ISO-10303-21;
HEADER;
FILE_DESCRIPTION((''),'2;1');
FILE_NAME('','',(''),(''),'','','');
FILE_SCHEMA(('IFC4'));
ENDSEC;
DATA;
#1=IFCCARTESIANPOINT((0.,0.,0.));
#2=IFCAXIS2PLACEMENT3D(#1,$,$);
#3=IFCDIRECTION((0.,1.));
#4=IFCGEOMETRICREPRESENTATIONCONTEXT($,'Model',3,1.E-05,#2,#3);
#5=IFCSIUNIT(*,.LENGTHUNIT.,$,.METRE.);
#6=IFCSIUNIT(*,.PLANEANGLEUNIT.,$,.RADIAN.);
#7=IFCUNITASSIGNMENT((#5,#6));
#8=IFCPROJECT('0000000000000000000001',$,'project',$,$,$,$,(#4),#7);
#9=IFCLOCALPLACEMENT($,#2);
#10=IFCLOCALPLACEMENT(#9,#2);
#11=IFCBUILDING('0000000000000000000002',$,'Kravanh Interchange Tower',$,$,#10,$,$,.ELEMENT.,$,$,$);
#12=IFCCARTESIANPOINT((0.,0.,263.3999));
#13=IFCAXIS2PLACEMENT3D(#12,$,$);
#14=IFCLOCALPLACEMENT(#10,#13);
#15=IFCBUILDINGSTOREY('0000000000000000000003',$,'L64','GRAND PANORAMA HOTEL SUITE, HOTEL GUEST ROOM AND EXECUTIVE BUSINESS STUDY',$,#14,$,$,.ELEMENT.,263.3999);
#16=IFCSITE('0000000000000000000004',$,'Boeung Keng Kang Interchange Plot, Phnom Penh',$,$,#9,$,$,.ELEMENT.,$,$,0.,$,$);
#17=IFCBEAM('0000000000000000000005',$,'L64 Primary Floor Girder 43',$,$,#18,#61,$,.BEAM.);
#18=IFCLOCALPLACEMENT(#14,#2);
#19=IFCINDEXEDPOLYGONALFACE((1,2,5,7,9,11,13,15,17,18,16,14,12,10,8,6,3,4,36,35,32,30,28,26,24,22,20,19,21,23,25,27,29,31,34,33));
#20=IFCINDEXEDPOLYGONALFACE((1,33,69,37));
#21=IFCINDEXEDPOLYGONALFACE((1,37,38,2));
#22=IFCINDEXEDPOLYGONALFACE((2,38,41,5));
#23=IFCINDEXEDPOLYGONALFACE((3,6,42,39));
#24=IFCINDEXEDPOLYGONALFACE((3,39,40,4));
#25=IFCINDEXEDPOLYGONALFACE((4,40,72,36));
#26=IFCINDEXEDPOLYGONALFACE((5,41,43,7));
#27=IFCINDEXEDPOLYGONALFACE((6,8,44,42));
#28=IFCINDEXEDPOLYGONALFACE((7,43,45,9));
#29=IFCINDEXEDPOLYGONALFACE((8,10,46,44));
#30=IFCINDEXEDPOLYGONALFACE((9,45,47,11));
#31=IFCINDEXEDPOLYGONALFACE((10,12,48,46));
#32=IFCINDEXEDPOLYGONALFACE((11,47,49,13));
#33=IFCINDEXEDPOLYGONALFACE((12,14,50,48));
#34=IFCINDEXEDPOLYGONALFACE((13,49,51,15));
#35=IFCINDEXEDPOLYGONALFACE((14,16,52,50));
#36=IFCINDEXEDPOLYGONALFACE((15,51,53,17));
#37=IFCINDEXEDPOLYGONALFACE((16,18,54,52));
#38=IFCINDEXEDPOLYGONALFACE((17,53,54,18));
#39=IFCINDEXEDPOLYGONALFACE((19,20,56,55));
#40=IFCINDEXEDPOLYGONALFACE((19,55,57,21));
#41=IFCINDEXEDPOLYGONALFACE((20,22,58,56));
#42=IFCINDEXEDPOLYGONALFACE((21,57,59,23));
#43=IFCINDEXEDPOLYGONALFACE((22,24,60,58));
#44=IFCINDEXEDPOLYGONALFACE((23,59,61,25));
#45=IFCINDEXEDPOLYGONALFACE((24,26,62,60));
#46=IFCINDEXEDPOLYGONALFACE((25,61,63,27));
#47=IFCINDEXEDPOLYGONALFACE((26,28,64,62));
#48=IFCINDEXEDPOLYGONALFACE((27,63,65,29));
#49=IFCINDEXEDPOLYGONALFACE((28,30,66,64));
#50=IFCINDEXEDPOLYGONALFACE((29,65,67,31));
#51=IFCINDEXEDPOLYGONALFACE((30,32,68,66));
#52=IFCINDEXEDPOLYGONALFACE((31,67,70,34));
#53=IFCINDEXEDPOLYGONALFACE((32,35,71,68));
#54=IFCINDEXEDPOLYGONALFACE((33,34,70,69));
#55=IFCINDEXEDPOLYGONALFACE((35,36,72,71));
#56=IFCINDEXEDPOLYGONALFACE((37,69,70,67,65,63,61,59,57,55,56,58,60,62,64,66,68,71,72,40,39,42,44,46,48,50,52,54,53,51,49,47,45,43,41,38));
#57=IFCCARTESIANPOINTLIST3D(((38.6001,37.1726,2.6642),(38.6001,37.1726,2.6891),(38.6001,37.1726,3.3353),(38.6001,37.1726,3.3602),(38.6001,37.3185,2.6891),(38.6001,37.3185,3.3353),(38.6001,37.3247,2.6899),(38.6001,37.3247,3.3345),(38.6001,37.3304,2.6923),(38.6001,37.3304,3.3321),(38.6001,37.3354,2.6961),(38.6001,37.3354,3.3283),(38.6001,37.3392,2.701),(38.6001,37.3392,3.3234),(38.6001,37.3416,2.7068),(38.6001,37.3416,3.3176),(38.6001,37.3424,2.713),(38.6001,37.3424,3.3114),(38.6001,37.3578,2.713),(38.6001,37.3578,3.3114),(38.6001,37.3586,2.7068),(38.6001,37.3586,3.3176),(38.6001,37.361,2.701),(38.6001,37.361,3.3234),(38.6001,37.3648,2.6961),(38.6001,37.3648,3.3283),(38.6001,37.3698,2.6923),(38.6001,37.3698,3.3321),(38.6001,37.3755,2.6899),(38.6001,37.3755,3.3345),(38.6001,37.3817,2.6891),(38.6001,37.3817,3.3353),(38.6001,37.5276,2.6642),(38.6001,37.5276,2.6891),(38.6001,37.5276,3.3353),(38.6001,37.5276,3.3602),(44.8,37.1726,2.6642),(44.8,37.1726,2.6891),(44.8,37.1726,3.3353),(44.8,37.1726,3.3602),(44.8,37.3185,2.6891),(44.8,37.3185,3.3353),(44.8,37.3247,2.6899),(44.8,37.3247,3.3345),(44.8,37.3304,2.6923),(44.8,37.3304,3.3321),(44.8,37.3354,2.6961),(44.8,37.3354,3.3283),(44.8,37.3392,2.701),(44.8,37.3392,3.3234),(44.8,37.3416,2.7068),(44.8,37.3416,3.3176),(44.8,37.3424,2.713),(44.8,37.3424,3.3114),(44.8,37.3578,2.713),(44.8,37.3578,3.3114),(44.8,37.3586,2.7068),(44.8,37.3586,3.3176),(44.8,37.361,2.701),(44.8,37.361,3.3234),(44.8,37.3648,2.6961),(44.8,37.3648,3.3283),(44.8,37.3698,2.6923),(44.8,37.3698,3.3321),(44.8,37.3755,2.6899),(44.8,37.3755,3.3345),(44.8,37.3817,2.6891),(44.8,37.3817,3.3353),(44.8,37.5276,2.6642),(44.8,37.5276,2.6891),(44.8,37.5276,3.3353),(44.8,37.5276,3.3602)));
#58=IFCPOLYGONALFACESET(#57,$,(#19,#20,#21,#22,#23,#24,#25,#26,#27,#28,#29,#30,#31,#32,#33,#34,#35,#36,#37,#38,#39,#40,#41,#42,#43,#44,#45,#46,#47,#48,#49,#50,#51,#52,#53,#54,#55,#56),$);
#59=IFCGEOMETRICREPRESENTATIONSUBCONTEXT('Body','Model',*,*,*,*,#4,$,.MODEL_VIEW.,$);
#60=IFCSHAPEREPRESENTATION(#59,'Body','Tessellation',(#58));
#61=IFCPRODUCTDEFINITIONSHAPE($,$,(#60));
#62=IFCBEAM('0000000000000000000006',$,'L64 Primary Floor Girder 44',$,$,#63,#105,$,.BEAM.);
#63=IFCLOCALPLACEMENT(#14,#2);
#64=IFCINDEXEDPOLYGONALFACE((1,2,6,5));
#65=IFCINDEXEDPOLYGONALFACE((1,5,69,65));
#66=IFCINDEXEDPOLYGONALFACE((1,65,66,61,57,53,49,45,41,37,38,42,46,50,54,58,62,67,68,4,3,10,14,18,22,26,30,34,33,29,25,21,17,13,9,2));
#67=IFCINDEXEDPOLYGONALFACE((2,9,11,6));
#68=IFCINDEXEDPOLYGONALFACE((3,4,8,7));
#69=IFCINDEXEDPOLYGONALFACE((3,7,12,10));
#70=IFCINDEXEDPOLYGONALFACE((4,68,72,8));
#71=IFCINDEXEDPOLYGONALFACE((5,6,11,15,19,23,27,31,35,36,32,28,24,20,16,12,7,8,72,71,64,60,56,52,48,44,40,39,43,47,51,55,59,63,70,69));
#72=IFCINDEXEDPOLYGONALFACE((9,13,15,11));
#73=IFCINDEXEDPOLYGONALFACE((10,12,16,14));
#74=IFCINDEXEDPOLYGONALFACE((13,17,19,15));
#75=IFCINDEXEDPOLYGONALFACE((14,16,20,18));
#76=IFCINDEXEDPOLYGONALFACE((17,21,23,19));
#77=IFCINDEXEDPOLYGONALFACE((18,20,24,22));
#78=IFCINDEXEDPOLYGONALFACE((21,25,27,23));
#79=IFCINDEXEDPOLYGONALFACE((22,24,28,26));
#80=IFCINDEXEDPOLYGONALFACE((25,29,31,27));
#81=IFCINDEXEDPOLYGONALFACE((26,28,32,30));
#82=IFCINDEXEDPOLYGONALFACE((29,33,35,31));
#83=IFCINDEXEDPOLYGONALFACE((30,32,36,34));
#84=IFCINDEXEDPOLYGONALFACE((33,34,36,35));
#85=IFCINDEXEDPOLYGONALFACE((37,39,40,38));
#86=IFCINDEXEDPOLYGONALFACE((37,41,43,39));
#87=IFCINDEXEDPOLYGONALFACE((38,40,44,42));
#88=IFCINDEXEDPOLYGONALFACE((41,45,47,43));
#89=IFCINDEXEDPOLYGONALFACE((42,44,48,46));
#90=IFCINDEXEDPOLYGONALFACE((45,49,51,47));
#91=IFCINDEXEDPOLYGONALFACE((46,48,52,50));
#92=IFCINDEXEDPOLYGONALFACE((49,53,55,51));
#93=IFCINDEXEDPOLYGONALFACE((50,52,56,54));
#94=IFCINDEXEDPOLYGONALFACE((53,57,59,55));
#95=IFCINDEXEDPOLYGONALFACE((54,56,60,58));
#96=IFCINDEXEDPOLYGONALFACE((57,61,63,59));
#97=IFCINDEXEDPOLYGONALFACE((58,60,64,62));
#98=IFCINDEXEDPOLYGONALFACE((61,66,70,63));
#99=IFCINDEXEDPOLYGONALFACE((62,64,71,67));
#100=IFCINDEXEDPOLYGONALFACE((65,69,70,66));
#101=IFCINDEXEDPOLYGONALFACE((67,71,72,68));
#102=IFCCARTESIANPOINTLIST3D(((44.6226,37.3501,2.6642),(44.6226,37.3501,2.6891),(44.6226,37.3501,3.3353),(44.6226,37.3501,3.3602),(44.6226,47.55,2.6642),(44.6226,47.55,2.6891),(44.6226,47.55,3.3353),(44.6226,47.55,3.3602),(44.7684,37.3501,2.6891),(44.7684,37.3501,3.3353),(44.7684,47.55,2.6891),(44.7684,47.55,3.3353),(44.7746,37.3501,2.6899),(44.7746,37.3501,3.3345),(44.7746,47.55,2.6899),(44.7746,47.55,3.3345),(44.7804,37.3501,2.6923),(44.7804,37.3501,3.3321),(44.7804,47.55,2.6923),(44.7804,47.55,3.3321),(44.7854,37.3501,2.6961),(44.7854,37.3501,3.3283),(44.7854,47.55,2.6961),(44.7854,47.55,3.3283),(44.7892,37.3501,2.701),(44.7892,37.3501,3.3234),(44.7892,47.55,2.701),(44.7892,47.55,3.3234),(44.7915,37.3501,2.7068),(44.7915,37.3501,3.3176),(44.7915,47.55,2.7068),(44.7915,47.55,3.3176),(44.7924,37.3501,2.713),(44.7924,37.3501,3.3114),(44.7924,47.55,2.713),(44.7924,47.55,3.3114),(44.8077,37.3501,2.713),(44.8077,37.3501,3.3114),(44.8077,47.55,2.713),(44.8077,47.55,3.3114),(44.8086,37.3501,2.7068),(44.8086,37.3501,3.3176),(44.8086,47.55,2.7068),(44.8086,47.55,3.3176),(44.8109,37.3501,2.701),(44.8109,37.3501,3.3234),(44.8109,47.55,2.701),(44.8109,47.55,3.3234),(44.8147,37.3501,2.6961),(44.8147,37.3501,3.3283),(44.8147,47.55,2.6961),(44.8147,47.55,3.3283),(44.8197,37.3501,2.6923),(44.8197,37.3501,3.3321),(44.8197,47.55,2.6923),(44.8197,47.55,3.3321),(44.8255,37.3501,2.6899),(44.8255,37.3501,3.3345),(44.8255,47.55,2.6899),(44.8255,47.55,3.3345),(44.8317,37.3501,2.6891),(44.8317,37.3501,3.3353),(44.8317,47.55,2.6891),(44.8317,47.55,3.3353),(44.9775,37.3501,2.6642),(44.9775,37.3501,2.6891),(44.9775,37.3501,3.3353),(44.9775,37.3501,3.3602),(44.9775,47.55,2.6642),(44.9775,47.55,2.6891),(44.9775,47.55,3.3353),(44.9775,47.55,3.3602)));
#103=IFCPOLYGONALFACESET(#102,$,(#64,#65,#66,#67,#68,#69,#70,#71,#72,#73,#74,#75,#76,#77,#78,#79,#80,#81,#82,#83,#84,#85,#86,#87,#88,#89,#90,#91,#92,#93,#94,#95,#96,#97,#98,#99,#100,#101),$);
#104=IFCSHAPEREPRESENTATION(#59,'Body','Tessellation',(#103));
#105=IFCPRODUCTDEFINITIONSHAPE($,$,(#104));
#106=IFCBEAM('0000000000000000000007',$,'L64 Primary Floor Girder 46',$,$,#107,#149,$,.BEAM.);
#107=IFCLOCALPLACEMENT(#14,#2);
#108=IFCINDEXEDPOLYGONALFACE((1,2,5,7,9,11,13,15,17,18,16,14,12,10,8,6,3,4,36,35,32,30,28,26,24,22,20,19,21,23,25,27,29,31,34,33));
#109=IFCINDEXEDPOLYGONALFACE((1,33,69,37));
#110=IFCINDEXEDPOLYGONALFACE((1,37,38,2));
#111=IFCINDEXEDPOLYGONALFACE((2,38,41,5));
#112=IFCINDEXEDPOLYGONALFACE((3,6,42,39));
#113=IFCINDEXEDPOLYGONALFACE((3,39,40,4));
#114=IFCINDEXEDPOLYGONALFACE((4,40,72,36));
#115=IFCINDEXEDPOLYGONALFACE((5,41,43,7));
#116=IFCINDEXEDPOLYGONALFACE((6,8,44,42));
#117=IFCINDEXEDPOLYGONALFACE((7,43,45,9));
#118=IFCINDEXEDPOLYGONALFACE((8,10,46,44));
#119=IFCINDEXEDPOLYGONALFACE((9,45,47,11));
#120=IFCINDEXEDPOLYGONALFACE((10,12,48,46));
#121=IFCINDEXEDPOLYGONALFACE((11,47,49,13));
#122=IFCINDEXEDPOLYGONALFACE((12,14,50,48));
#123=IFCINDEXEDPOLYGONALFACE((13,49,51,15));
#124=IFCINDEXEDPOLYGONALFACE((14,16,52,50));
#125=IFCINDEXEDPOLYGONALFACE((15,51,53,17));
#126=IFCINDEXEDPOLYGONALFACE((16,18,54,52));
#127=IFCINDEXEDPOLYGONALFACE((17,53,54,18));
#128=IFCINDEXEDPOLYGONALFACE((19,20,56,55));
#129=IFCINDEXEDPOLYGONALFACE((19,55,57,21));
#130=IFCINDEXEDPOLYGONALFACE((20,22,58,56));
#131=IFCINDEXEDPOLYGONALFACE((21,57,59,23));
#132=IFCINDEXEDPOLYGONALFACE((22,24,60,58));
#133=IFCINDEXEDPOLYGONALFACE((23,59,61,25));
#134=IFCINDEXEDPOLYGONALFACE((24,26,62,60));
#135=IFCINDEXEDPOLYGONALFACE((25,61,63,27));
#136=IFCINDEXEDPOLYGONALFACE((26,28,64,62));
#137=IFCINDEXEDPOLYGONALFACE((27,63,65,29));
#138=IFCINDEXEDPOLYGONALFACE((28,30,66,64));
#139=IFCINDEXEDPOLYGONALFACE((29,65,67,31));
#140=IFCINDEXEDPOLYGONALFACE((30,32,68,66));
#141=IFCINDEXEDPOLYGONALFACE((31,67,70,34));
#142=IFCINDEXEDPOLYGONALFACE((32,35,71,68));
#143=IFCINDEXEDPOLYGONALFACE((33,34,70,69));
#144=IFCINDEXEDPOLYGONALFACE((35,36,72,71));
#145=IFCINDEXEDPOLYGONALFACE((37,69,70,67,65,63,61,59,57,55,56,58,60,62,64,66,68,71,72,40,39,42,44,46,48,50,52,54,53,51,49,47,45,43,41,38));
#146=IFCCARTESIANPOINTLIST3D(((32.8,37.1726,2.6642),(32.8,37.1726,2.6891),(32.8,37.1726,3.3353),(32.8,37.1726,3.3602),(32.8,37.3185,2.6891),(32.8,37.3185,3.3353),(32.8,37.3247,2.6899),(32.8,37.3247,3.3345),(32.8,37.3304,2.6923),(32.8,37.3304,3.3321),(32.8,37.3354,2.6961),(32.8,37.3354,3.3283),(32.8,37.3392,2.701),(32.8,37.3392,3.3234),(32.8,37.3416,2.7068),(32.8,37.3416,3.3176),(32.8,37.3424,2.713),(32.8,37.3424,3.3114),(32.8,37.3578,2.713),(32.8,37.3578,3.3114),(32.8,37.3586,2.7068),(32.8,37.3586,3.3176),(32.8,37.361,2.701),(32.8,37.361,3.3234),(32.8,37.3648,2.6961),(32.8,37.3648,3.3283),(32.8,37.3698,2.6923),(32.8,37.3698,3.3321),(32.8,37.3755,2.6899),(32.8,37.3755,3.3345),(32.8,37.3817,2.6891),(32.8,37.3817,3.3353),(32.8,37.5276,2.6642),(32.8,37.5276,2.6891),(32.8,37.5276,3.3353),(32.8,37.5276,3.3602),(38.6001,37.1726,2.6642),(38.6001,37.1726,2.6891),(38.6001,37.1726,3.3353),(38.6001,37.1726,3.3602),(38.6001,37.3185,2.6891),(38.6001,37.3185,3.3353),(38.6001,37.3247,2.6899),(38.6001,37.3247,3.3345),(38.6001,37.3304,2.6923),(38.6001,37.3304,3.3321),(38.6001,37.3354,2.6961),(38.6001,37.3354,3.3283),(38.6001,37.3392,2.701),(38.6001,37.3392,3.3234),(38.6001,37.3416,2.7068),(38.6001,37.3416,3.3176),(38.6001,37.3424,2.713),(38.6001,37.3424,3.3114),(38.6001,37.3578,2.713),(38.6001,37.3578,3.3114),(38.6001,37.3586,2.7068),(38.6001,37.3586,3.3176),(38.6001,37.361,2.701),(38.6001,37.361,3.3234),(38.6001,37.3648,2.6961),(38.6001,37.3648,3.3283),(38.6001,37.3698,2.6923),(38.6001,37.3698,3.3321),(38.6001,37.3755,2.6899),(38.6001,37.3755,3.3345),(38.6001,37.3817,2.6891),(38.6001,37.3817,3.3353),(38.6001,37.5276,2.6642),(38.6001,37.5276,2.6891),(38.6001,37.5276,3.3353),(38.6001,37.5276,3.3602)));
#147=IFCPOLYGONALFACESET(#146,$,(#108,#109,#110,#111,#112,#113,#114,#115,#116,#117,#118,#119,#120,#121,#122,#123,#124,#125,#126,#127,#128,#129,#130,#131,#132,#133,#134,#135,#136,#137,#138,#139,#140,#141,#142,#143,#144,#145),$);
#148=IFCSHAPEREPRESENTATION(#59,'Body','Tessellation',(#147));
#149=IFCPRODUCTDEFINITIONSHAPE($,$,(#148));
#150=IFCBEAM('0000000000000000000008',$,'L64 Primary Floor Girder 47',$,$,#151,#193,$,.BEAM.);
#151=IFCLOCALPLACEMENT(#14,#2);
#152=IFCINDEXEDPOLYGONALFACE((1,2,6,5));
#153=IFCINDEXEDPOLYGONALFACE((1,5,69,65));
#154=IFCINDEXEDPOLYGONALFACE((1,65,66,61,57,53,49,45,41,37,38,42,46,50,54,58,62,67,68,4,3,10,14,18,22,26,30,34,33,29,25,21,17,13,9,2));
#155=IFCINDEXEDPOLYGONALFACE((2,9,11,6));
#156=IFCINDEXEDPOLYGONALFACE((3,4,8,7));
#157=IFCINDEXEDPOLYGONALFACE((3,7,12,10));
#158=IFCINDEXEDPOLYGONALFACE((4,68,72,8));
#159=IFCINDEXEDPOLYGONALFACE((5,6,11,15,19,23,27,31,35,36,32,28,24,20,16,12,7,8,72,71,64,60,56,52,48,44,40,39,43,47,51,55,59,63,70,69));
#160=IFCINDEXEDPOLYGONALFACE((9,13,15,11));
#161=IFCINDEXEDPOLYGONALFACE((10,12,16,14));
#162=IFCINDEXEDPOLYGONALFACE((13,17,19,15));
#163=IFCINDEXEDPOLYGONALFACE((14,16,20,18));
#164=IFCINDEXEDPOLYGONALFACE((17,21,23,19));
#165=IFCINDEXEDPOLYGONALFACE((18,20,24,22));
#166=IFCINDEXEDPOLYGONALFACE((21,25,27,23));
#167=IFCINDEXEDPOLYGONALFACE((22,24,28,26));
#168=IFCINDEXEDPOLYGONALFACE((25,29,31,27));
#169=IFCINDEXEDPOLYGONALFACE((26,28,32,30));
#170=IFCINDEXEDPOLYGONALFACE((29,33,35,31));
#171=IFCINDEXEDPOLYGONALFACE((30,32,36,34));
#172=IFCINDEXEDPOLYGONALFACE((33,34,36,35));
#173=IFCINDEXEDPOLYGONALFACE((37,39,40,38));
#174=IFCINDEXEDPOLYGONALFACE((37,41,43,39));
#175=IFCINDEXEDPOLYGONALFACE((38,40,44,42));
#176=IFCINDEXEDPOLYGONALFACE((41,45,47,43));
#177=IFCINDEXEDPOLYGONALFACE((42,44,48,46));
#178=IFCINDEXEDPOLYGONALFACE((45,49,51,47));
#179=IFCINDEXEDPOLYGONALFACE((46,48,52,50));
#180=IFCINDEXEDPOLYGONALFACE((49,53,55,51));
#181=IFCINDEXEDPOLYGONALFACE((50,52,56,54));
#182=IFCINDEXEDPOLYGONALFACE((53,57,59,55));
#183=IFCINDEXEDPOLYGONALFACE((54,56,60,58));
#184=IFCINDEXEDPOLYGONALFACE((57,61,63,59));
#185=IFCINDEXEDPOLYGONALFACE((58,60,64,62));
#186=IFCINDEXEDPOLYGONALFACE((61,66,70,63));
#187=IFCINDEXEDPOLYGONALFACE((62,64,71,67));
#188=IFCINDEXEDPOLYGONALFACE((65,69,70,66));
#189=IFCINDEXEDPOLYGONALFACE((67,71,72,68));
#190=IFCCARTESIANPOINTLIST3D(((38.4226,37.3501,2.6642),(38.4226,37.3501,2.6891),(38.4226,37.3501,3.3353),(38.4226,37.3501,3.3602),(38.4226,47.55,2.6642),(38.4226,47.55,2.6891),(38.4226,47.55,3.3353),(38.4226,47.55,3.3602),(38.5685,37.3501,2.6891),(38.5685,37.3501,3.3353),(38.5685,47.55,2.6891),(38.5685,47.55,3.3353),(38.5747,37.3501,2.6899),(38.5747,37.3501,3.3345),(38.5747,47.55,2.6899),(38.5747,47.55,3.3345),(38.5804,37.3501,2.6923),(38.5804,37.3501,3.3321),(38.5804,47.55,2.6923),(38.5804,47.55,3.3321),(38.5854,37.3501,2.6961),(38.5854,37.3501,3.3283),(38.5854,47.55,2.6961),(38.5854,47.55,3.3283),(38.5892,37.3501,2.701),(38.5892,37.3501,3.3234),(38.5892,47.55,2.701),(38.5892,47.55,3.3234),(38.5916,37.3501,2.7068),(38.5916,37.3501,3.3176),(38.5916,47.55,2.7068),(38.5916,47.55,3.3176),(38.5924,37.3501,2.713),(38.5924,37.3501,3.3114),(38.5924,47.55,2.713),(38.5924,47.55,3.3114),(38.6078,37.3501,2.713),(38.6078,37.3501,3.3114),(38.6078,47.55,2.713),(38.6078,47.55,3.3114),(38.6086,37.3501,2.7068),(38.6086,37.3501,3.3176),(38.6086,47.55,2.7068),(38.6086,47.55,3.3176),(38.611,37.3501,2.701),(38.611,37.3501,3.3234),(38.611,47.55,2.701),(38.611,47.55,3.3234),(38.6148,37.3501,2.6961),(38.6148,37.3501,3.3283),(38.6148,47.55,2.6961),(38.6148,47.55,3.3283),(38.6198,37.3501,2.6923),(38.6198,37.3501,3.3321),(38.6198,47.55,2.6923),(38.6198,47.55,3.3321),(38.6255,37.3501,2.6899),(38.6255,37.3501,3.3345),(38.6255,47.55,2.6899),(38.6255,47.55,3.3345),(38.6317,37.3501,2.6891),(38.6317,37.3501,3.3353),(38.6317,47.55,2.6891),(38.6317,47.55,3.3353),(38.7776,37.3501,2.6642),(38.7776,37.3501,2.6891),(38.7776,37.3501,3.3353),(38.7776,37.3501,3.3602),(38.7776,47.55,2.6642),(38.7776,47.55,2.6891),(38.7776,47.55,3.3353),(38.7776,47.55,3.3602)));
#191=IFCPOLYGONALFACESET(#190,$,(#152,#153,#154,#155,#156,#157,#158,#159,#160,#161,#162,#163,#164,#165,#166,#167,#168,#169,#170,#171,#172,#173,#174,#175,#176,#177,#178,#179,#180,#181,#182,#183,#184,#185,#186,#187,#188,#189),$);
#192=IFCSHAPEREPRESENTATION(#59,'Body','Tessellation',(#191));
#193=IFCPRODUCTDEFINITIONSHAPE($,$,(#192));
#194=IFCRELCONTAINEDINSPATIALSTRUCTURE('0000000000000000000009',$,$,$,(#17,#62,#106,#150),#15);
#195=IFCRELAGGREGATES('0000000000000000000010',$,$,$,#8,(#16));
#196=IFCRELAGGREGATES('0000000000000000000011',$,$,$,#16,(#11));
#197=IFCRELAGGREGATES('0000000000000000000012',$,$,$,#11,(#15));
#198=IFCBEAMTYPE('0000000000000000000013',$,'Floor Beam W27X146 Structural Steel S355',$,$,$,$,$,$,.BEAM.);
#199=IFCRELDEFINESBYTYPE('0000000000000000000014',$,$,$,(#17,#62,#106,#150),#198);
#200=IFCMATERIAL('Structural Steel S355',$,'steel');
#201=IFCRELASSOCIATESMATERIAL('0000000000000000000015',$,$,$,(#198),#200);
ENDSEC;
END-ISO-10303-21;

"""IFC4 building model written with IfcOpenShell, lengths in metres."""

from ifc_helpers import new_model, si_unit, direction, frame, origin, origin_2d, place, context, subcontext, project, spatial, i_section, extrude, material, material_profile, profile_set, type_object, element, save


model = new_model("IFC4")

# Units and contexts
model_context = context("Model", 3, precision=1e-05, world=origin(), true_north=direction((0.0, 1.0)))
body_context = subcontext(model_context, "Body", "Model", "MODEL_VIEW")
ifc_project = project(units=[si_unit("LENGTHUNIT", "METRE"), si_unit("PLANEANGLEUNIT", "RADIAN")], contexts=[model_context])

# Site, building, storey
site_placement = place(None, origin())
site = spatial("IfcSite", under=ifc_project, at=site_placement, Name="Boeung Keng Kang Interchange Plot, Phnom Penh", CompositionType="ELEMENT", RefElevation=0.0)
building_placement = place(site_placement, origin())
building = spatial("IfcBuilding", under=site, at=building_placement, Name="Kravanh Interchange Tower", CompositionType="ELEMENT")
storey_placement = place(building_placement, frame((0.0, 0.0, 263.3999)))
storey = spatial("IfcBuildingStorey", under=building, at=storey_placement, Name="L64", Description="GRAND PANORAMA HOTEL SUITE, HOTEL GUEST ROOM AND EXECUTIVE BUSINESS STUDY", CompositionType="ELEMENT", Elevation=263.3999)

# Beams
ifc_material_1 = material(Name="Structural Steel S355", Category="steel")
ifc_material_profile_1 = material_profile(ifc_material_1, i_section(OverallWidth=0.355, OverallDepth=0.696, WebThickness=0.0154, FlangeThickness=0.0249, FilletRadius=0.0239, at=origin_2d()), Name="W27X146")
ifc_profile_set_1 = profile_set([ifc_material_profile_1], Name="Structural Steel S355")
beam_type_1 = type_object("IfcBeamType", Name="Floor Beam W27X146 Structural Steel S355", PredefinedType="BEAM", material=ifc_profile_set_1)
beam_1_placement = place(storey_placement, frame((44.8, 37.3501, 3.0122), z_axis=(-1.0, 0.0, 0.0), x_axis=(0.0, -1.0, 0.0)))
element("IfcBeam", 1, at=beam_1_placement, inside=storey, type_object=beam_type_1, Name="L64 Primary Floor Girder 43", PredefinedType="BEAM", context=body_context, shape_type="SweptSolid", body=[
    extrude(i_section(OverallWidth=0.355, OverallDepth=0.696, WebThickness=0.0154, FlangeThickness=0.0249, FilletRadius=0.0239, at=origin_2d()), origin(), (0.0, 0.0, 1.0), 6.2),
])
beam_2_placement = place(storey_placement, frame((44.8, 37.3501, 3.0122), z_axis=(0.0, 1.0, 0.0), x_axis=(-1.0, 0.0, 0.0)))
element("IfcBeam", 2, at=beam_2_placement, inside=storey, type_object=beam_type_1, Name="L64 Primary Floor Girder 44", PredefinedType="BEAM", context=body_context, shape_type="SweptSolid", body=[
    extrude(i_section(OverallWidth=0.355, OverallDepth=0.696, WebThickness=0.0154, FlangeThickness=0.0249, FilletRadius=0.0239, at=origin_2d()), origin(), (0.0, 0.0, 1.0), 10.2),
])
beam_3_placement = place(storey_placement, frame((38.6001, 37.3501, 3.0122), z_axis=(-1.0, 0.0, 0.0), x_axis=(0.0, -1.0, 0.0)))
element("IfcBeam", 3, at=beam_3_placement, inside=storey, type_object=beam_type_1, Name="L64 Primary Floor Girder 46", PredefinedType="BEAM", context=body_context, shape_type="SweptSolid", body=[
    extrude(i_section(OverallWidth=0.355, OverallDepth=0.696, WebThickness=0.0154, FlangeThickness=0.0249, FilletRadius=0.0239, at=origin_2d()), origin(), (0.0, 0.0, 1.0), 5.8),
])
beam_4_placement = place(storey_placement, frame((38.6001, 37.3501, 3.0122), z_axis=(0.0, 1.0, 0.0), x_axis=(-1.0, 0.0, 0.0)))
element("IfcBeam", 4, at=beam_4_placement, inside=storey, type_object=beam_type_1, Name="L64 Primary Floor Girder 47", PredefinedType="BEAM", context=body_context, shape_type="SweptSolid", body=[
    extrude(i_section(OverallWidth=0.355, OverallDepth=0.696, WebThickness=0.0154, FlangeThickness=0.0249, FilletRadius=0.0239, at=origin_2d()), origin(), (0.0, 0.0, 1.0), 10.2),
])

save(model, "model.ifc")
